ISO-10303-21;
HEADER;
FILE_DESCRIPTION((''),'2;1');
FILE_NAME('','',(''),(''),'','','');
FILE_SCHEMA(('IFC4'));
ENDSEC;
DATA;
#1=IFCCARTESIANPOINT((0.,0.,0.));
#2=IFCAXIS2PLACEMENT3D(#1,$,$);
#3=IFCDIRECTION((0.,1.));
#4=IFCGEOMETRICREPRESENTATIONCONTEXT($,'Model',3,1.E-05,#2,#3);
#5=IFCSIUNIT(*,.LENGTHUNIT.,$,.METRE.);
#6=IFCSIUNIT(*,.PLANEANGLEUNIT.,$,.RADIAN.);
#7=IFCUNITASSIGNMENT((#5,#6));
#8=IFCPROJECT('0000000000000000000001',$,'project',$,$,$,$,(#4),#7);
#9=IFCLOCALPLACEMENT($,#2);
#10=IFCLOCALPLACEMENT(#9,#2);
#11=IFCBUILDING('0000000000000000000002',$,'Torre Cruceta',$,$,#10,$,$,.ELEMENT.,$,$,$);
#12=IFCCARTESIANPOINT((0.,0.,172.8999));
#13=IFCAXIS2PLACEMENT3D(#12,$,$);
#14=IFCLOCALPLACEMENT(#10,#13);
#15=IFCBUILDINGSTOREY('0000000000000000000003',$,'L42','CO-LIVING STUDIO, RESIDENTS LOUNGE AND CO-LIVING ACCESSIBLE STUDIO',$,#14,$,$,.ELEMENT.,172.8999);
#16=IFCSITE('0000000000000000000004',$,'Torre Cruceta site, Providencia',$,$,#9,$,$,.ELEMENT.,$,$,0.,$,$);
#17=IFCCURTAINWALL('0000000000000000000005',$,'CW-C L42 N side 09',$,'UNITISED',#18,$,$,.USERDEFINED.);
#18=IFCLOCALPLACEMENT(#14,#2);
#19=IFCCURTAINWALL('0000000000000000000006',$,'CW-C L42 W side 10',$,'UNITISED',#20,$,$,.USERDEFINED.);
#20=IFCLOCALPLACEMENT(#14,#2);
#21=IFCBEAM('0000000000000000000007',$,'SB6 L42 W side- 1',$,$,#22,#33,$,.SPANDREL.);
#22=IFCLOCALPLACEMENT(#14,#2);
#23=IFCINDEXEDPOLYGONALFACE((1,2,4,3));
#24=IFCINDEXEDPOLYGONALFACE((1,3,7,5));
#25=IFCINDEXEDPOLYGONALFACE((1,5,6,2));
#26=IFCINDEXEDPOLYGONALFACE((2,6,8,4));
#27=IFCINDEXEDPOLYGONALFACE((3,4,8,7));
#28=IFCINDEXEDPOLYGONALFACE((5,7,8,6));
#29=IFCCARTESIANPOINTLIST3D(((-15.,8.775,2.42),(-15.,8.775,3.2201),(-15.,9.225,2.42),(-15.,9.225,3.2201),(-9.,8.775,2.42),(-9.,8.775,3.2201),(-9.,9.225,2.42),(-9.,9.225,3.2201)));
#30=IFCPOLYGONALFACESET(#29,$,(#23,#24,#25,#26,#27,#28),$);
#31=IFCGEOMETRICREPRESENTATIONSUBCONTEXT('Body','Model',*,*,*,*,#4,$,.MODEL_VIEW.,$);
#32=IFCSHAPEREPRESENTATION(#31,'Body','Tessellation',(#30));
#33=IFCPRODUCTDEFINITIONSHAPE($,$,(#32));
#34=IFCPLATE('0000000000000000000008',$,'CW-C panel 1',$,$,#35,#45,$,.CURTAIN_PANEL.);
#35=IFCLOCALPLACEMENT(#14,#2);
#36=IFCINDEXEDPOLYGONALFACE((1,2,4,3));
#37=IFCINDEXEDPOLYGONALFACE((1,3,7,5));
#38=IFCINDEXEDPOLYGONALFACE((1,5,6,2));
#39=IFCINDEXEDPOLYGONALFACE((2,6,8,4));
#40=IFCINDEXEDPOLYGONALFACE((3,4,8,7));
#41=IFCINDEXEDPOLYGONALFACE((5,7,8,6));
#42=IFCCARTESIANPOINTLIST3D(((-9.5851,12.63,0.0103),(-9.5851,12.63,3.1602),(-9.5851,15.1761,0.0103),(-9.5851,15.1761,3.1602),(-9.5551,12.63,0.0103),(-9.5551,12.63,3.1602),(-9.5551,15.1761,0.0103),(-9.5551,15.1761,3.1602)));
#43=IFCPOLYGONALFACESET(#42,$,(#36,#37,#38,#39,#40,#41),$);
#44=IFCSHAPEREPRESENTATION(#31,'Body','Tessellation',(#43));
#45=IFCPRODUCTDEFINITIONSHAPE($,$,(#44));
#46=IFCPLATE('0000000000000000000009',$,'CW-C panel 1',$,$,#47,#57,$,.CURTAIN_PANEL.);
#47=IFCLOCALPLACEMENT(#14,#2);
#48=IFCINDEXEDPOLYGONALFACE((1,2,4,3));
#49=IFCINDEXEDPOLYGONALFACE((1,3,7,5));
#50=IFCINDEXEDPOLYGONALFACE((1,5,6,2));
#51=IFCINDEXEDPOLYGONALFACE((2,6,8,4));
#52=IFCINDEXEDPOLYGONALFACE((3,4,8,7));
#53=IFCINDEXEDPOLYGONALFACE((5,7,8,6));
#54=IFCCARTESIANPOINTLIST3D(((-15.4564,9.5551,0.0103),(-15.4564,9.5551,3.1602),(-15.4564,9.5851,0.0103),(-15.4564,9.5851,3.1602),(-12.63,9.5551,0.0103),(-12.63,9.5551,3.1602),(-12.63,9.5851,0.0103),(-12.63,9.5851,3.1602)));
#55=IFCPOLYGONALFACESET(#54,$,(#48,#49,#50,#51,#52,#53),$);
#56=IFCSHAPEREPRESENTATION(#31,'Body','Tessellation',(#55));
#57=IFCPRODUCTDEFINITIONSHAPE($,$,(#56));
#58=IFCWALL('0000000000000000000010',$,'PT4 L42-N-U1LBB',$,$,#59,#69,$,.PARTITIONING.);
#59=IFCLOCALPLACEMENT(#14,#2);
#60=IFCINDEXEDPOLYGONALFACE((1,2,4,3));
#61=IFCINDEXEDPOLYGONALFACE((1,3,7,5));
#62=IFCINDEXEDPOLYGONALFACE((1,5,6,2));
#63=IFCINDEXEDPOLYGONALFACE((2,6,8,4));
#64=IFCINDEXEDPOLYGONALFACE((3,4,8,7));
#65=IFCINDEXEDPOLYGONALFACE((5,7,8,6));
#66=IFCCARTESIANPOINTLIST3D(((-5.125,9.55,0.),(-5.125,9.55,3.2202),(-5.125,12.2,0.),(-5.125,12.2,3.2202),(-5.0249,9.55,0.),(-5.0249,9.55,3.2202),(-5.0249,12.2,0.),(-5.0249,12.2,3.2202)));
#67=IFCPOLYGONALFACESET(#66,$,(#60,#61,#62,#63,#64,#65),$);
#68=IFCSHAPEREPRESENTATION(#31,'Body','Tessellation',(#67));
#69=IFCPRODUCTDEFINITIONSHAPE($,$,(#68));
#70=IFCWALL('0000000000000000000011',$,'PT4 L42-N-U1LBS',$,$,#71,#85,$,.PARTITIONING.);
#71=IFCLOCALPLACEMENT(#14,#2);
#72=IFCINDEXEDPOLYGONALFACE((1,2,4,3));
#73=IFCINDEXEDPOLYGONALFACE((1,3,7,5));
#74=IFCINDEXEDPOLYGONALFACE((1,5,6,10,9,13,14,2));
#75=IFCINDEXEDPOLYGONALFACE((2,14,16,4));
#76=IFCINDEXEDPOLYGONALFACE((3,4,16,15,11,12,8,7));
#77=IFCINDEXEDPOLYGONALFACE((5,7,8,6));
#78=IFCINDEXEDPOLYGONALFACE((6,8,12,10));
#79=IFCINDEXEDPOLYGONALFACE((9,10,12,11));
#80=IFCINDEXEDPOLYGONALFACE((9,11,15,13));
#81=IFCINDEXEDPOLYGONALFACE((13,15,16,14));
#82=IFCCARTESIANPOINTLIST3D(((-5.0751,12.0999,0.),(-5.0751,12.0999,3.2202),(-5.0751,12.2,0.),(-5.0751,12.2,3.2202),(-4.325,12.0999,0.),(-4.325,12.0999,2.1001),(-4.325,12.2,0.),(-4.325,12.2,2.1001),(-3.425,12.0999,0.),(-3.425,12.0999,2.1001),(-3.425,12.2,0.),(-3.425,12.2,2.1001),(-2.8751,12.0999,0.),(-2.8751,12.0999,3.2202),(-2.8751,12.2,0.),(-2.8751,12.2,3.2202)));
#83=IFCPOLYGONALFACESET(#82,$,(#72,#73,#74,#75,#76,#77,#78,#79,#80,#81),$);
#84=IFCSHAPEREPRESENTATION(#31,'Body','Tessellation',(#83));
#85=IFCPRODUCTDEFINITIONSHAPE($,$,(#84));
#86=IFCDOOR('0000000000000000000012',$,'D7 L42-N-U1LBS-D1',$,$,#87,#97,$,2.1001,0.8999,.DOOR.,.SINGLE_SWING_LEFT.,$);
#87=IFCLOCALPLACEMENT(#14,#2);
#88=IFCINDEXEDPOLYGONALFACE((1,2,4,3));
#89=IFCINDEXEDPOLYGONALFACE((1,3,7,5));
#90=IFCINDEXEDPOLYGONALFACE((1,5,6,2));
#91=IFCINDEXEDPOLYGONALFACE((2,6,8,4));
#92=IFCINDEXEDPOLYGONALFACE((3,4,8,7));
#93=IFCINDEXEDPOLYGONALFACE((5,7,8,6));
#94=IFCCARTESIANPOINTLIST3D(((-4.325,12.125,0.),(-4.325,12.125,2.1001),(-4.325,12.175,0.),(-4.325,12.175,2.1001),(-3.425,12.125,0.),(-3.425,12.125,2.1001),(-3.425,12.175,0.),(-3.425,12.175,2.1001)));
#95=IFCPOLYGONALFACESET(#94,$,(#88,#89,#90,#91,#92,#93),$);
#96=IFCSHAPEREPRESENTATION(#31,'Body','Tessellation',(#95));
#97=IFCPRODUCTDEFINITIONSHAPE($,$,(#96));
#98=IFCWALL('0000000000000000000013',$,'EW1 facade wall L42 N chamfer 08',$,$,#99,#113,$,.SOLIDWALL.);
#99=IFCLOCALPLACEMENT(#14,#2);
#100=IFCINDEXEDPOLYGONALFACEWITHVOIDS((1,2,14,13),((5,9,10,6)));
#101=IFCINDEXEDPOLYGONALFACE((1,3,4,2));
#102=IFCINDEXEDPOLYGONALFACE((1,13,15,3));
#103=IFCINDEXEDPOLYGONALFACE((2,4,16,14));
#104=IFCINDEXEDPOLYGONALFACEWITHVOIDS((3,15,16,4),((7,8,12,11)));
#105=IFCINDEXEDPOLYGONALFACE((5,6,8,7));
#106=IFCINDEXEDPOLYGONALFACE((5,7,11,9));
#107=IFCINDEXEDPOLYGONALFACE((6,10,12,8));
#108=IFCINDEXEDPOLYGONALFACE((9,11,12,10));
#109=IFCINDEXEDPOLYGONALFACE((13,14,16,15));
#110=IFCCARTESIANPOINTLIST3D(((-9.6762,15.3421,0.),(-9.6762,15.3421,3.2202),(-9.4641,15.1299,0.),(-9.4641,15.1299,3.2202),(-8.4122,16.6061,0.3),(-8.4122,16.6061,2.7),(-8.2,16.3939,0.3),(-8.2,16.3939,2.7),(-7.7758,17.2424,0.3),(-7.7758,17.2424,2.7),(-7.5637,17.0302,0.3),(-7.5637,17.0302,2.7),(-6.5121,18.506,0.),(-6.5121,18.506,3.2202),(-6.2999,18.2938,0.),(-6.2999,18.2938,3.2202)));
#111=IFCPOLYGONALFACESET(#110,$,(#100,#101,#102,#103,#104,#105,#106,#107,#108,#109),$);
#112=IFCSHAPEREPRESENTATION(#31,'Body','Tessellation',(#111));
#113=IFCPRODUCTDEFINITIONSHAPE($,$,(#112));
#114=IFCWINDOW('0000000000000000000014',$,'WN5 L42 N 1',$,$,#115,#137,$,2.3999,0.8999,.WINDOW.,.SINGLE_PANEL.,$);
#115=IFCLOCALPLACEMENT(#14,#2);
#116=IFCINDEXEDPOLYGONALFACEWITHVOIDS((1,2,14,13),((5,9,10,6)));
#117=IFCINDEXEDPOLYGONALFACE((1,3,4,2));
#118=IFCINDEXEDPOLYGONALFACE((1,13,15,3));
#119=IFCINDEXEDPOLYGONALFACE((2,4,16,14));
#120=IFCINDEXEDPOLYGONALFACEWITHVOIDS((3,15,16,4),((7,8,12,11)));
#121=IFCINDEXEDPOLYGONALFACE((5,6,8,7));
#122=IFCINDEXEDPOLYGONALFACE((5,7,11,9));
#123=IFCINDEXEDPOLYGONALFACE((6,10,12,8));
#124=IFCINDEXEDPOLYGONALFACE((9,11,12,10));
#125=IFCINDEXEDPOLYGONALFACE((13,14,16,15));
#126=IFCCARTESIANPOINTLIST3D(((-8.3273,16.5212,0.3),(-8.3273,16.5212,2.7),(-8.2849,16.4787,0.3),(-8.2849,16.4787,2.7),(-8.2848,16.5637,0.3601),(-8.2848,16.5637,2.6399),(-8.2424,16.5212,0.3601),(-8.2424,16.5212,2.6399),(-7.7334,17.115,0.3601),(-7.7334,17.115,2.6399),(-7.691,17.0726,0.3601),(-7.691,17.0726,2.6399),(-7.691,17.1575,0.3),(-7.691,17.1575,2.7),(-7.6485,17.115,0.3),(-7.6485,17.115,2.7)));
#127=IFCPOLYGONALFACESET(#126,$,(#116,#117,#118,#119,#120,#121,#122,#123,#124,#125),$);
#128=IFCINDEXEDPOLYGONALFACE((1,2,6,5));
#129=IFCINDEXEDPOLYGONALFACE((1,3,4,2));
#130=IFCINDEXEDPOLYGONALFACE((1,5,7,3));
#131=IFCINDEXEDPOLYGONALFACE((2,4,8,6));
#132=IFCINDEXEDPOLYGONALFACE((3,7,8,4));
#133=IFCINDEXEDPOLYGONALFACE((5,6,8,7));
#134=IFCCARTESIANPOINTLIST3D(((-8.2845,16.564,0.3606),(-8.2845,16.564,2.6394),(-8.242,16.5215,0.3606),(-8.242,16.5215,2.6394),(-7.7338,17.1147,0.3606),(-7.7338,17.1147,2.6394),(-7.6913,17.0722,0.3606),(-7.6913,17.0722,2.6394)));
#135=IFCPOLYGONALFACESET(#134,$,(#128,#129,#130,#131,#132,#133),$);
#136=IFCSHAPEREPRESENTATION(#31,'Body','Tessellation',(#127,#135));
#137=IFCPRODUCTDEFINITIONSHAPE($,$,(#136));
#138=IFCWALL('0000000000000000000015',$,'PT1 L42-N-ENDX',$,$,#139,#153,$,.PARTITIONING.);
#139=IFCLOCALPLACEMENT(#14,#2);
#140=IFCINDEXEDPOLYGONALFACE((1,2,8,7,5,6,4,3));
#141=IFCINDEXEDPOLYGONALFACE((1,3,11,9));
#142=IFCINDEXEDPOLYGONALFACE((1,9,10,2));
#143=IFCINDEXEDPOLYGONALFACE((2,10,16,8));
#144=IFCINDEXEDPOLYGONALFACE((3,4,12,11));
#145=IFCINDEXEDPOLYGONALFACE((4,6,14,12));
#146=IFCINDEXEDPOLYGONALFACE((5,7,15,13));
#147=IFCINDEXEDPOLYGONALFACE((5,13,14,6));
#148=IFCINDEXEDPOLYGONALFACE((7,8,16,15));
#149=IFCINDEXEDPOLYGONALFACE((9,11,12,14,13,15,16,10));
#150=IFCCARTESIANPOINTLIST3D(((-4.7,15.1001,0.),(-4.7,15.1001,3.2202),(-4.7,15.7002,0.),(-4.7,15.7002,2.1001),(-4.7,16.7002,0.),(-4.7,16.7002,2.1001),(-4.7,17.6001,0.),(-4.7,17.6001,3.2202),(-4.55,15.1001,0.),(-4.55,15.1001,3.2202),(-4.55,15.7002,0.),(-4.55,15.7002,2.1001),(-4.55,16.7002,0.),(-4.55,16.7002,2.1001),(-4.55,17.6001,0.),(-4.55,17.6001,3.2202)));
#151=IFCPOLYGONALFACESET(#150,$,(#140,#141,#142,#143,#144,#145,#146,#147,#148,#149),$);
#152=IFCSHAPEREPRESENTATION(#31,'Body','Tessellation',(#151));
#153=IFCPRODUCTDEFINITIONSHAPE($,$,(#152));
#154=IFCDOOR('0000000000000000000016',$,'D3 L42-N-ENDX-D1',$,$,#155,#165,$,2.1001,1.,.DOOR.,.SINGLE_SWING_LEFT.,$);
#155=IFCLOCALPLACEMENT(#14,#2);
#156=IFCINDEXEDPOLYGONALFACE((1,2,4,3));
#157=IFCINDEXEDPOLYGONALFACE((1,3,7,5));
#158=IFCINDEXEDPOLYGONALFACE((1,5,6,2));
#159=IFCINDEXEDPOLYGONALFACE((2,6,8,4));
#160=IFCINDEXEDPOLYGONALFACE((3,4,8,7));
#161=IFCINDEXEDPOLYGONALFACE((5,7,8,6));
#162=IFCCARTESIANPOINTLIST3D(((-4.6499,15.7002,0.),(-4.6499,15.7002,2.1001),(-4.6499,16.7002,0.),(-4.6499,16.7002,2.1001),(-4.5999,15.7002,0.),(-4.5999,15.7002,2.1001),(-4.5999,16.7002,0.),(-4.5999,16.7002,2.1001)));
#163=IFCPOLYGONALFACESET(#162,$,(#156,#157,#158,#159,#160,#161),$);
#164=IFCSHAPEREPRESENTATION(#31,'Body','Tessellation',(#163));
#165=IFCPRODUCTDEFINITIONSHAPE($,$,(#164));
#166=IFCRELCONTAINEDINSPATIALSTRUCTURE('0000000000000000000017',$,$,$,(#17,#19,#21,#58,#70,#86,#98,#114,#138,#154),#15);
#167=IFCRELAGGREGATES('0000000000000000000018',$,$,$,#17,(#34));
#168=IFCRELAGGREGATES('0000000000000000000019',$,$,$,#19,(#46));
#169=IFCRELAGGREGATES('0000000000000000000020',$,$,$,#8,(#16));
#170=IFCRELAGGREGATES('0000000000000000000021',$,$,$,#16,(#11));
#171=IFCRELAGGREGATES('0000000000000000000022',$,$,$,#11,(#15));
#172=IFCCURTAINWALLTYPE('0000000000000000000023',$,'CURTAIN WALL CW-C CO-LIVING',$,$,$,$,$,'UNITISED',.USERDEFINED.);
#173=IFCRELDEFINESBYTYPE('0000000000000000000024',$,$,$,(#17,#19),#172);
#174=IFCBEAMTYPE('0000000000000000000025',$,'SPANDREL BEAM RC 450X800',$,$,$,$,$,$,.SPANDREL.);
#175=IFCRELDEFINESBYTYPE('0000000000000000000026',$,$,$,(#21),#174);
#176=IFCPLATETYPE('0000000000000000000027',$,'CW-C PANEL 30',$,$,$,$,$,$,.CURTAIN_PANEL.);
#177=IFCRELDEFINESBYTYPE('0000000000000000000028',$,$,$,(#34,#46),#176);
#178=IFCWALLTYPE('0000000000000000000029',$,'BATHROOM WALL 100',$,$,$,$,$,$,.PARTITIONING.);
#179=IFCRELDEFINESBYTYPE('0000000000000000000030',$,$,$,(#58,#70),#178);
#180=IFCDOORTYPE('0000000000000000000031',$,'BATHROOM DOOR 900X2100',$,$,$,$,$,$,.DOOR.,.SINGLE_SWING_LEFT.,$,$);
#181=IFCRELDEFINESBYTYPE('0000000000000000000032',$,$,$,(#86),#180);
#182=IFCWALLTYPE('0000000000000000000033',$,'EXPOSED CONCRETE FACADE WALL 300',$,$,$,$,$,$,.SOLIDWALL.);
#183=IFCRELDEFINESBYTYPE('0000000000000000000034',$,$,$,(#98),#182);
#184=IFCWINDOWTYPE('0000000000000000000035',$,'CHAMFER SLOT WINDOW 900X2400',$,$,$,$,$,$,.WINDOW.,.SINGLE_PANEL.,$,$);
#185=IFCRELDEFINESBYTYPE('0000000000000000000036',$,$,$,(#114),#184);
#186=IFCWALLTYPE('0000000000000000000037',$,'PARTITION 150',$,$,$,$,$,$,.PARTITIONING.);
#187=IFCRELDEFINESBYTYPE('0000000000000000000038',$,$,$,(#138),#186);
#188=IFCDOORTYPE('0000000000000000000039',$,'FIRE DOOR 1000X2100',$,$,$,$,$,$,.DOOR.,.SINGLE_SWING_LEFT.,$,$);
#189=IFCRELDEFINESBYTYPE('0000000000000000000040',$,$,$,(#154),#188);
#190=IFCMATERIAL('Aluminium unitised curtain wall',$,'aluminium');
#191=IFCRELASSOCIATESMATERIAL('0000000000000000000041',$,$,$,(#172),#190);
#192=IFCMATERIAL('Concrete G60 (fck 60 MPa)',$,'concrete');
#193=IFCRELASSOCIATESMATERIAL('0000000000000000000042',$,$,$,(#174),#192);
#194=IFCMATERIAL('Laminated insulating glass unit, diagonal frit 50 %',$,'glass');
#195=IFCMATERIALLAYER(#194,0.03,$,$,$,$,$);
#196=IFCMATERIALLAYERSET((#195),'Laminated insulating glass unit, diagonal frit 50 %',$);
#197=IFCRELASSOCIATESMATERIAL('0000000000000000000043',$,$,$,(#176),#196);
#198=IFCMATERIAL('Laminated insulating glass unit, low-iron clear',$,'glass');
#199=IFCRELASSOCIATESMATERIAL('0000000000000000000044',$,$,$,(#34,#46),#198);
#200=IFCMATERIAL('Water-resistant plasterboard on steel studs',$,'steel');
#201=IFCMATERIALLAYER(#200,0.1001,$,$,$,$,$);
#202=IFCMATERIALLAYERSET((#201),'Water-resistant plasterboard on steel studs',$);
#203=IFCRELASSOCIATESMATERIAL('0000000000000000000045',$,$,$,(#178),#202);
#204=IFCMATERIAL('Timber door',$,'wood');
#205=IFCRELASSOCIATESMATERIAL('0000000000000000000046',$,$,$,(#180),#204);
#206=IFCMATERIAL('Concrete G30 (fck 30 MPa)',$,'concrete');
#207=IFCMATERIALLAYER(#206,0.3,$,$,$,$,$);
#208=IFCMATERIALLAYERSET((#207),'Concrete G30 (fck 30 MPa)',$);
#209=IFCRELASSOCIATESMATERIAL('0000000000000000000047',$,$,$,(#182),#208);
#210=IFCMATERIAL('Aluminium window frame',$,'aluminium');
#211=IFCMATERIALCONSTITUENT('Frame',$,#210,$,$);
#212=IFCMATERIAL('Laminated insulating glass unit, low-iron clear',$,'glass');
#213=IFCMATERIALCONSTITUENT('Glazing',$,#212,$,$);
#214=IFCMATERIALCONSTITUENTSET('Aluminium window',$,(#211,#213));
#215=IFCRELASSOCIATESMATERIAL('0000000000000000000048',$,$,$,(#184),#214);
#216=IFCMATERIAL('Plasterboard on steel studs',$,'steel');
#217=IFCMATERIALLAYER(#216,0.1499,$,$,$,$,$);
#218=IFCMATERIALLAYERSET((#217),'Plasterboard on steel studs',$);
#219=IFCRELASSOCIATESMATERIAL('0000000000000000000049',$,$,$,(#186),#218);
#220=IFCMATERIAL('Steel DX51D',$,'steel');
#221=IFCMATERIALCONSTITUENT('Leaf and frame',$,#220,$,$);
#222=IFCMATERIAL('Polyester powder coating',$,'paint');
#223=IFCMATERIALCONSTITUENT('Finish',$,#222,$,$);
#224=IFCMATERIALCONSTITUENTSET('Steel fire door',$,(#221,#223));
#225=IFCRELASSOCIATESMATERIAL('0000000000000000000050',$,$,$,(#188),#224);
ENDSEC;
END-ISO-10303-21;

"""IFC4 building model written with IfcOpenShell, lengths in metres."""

from ifc_helpers import new_model, si_unit, direction, frame, frame_2d, origin, origin_2d, place, context, subcontext, project, spatial, rectangle, hollow_rectangle, extrude, material, layer, layer_set, constituent, constituent_set, material_profile, profile_set, type_object, element, fill, aggregate, save


model = new_model("IFC4")

# Units and contexts
model_context = context("Model", 3, precision=1e-05, world=origin(), true_north=direction((0.0, 1.0)))
body_context = subcontext(model_context, "Body", "Model", "MODEL_VIEW")
ifc_project = project(units=[si_unit("LENGTHUNIT", "METRE"), si_unit("PLANEANGLEUNIT", "RADIAN")], contexts=[model_context])

# Site, building, storey
site_placement = place(None, origin())
site = spatial("IfcSite", under=ifc_project, at=site_placement, Name="Torre Cruceta site, Providencia", CompositionType="ELEMENT", RefElevation=0.0)
building_placement = place(site_placement, origin())
building = spatial("IfcBuilding", under=site, at=building_placement, Name="Torre Cruceta", CompositionType="ELEMENT")
storey_placement = place(building_placement, frame((0.0, 0.0, 172.8999)))
storey = spatial("IfcBuildingStorey", under=building, at=storey_placement, Name="L42", Description="CO-LIVING STUDIO, RESIDENTS LOUNGE AND CO-LIVING ACCESSIBLE STUDIO", CompositionType="ELEMENT", Elevation=172.8999)

# Curtain wall
ifc_material_1 = material(Name="Aluminium unitised curtain wall", Category="aluminium")
curtain_wall_type = type_object("IfcCurtainWallType", Name="CURTAIN WALL CW-C CO-LIVING", ElementType="UNITISED", PredefinedType="USERDEFINED", material=ifc_material_1)
curtain_wall_1_placement = place(storey_placement, origin())
curtain_wall_1 = element("IfcCurtainWall", 1, at=curtain_wall_1_placement, inside=storey, type_object=curtain_wall_type, Name="CW-C L42 N side 09", ObjectType="UNITISED", PredefinedType="USERDEFINED")

# Curtain wall
curtain_wall_2_placement = place(storey_placement, origin())
curtain_wall_2 = element("IfcCurtainWall", 2, at=curtain_wall_2_placement, inside=storey, type_object=curtain_wall_type, Name="CW-C L42 W side 10", ObjectType="UNITISED", PredefinedType="USERDEFINED")

# Beam
ifc_material_2 = material(Name="Concrete G60 (fck 60 MPa)", Category="concrete")
ifc_material_profile_1 = material_profile(ifc_material_2, rectangle(XDim=0.45, YDim=0.8, at=origin_2d()), Name="RC 450X800")
ifc_profile_set_1 = profile_set([ifc_material_profile_1], Name="Concrete G60 (fck 60 MPa)")
beam_type_1 = type_object("IfcBeamType", Name="SPANDREL BEAM RC 450X800", PredefinedType="SPANDREL", material=ifc_profile_set_1)
beam_1_placement = place(storey_placement, frame((-9.0, 9.0, 2.8201), z_axis=(-1.0, 0.0, 0.0), x_axis=(0.0, -1.0, 0.0)))
element("IfcBeam", 3, at=beam_1_placement, inside=storey, type_object=beam_type_1, Name="SB6 L42 W side- 1", PredefinedType="SPANDREL", context=body_context, shape_type="SweptSolid", body=[
    extrude(rectangle(XDim=0.45, YDim=0.8, at=origin_2d()), origin(), (0.0, 0.0, 1.0), 6.0),
])

# Plates
ifc_material_3 = material(Name="Laminated insulating glass unit, low-iron clear", Category="glass")
ifc_material_4 = material(Name="Laminated insulating glass unit, diagonal frit 50 %", Category="glass")
ifc_layer_1 = layer(ifc_material_4, 0.03)
ifc_layer_set_1 = layer_set([ifc_layer_1], Name="Laminated insulating glass unit, diagonal frit 50 %")
plate_type = type_object("IfcPlateType", Name="CW-C PANEL 30", PredefinedType="CURTAIN_PANEL", material=ifc_layer_set_1)
plate_1_placement = place(storey_placement, frame((-9.5701, 13.9031, 0.0103), z_axis=(0.0, 0.0, 1.0), x_axis=(0.0, -1.0, 0.0)))
plate_1 = element("IfcPlate", 4, at=plate_1_placement, type_object=plate_type, material=ifc_material_3, Name="CW-C panel 1", PredefinedType="CURTAIN_PANEL", context=body_context, shape_type="SweptSolid", body=[
    extrude(rectangle(XDim=2.5461, YDim=0.03, at=origin_2d()), origin(), (0.0, 0.0, 1.0), 3.1499),
])
aggregate(curtain_wall_1, [plate_1])
plate_2_placement = place(storey_placement, frame((-14.0432, 9.5701, 0.0103), z_axis=(0.0, 0.0, 1.0), x_axis=(-1.0, 0.0, 0.0)))
plate_2 = element("IfcPlate", 5, at=plate_2_placement, type_object=plate_type, material=ifc_material_3, Name="CW-C panel 1", PredefinedType="CURTAIN_PANEL", context=body_context, shape_type="SweptSolid", body=[
    extrude(rectangle(XDim=2.8264, YDim=0.03, at=origin_2d()), origin(), (0.0, 0.0, 1.0), 3.1499),
])
aggregate(curtain_wall_2, [plate_2])

# Wall
ifc_material_5 = material(Name="Water-resistant plasterboard on steel studs", Category="steel")
ifc_layer_2 = layer(ifc_material_5, 0.1001)
ifc_layer_set_2 = layer_set([ifc_layer_2], Name="Water-resistant plasterboard on steel studs")
wall_type_1 = type_object("IfcWallType", Name="BATHROOM WALL 100", PredefinedType="PARTITIONING", material=ifc_layer_set_2)
wall_1_placement = place(storey_placement, frame((-5.075, 9.55, 0.0), z_axis=(0.0, 0.0, 1.0), x_axis=(0.0, 1.0, 0.0)))
element("IfcWall", 6, at=wall_1_placement, inside=storey, type_object=wall_type_1, Name="PT4 L42-N-U1LBB", PredefinedType="PARTITIONING", context=body_context, shape_type="SweptSolid", body=[
    extrude(rectangle(XDim=2.6499, YDim=0.1001, at=frame_2d((1.325, 0.0))), origin(), (0.0, 0.0, 1.0), 3.2202),
])

# Wall, opening, door
wall_2_placement = place(storey_placement, frame((-2.875, 12.1499, 0.0), z_axis=(0.0, 0.0, 1.0), x_axis=(-1.0, 0.0, 0.0)))
wall_2 = element("IfcWall", 7, at=wall_2_placement, inside=storey, type_object=wall_type_1, Name="PT4 L42-N-U1LBS", PredefinedType="PARTITIONING", context=body_context, shape_type="SweptSolid", body=[
    extrude(rectangle(XDim=2.2, YDim=0.1001, at=frame_2d((1.1001, 0.0))), origin(), (0.0, 0.0, 1.0), 3.2202),
])
opening_1_placement = place(wall_2_placement, frame((0.55, 0.0, 0.0)))
opening_1 = element("IfcOpeningElement", 8, at=opening_1_placement, cuts=wall_2, PredefinedType="OPENING", context=body_context, shape_type="SweptSolid", body=[
    extrude(rectangle(XDim=0.8999, YDim=2.1001, at=frame_2d((0.45, 1.05))), frame((0.0, 0.0601, 0.0), z_axis=(0.0, -1.0, 0.0), x_axis=(1.0, 0.0, 0.0)), (0.0, 0.0, 1.0), 0.1201),
])
ifc_material_6 = material(Name="Timber door", Category="wood")
door_type_1 = type_object("IfcDoorType", Name="BATHROOM DOOR 900X2100", OperationType="SINGLE_SWING_LEFT", PredefinedType="DOOR", material=ifc_material_6)
door_1_placement = place(opening_1_placement, origin())
door_1 = element("IfcDoor", 9, at=door_1_placement, inside=storey, type_object=door_type_1, Name="D7 L42-N-U1LBS-D1", OperationType="SINGLE_SWING_LEFT", OverallHeight=2.1001, OverallWidth=0.8999, PredefinedType="DOOR", context=body_context, shape_type="SweptSolid", body=[
    extrude(rectangle(XDim=0.8999, YDim=2.1001, at=frame_2d((0.45, 1.05))), frame((0.0, 0.0249, 0.0), z_axis=(0.0, -1.0, 0.0), x_axis=(1.0, 0.0, 0.0)), (0.0, 0.0, 1.0), 0.05),
])
fill(opening_1, door_1)

# Wall, opening, window
ifc_material_7 = material(Name="Concrete G30 (fck 30 MPa)", Category="concrete")
ifc_layer_3 = layer(ifc_material_7, 0.3)
ifc_layer_set_3 = layer_set([ifc_layer_3], Name="Concrete G30 (fck 30 MPa)")
wall_type_2 = type_object("IfcWallType", Name="EXPOSED CONCRETE FACADE WALL 300", PredefinedType="SOLIDWALL", material=ifc_layer_set_3)
wall_3_placement = place(storey_placement, frame((-6.406, 18.3999, 0.0), z_axis=(0.0, 0.0, 1.0), x_axis=(-0.707134, -0.707079, 0.0)))
wall_3 = element("IfcWall", 10, at=wall_3_placement, inside=storey, type_object=wall_type_2, Name="EW1 facade wall L42 N chamfer 08", PredefinedType="SOLIDWALL", context=body_context, shape_type="SweptSolid", body=[
    extrude(rectangle(XDim=4.4746, YDim=0.3, at=frame_2d((2.2373, 0.0))), origin(), (0.0, 0.0, 1.0), 3.2202),
])
opening_2_placement = place(wall_3_placement, frame((1.7871, 0.0, 0.3)))
opening_2 = element("IfcOpeningElement", 11, at=opening_2_placement, cuts=wall_3, PredefinedType="OPENING", context=body_context, shape_type="SweptSolid", body=[
    extrude(rectangle(XDim=0.8999, YDim=2.3999, at=frame_2d((0.45, 1.2))), frame((0.0, 0.1599, 0.0), z_axis=(0.0, -1.0, 0.0), x_axis=(1.0, 0.0, 0.0)), (0.0, 0.0, 1.0), 0.3201),
])
ifc_material_8 = material(Name="Aluminium window frame", Category="aluminium")
ifc_constituent_1 = constituent(ifc_material_8, Name="Frame")
ifc_material_9 = material(Name="Laminated insulating glass unit, low-iron clear", Category="glass")
ifc_constituent_2 = constituent(ifc_material_9, Name="Glazing")
ifc_constituent_set_1 = constituent_set(constituents=[ifc_constituent_1, ifc_constituent_2], Name="Aluminium window")
window_type = type_object("IfcWindowType", Name="CHAMFER SLOT WINDOW 900X2400", PartitioningType="SINGLE_PANEL", PredefinedType="WINDOW", material=ifc_constituent_set_1)
window_placement = place(opening_2_placement, origin())
window = element("IfcWindow", 12, at=window_placement, inside=storey, type_object=window_type, Name="WN5 L42 N 1", OverallHeight=2.3999, OverallWidth=0.8999, PartitioningType="SINGLE_PANEL", PredefinedType="WINDOW", context=body_context, shape_type="SweptSolid", body=[
    extrude(hollow_rectangle(XDim=0.8999, YDim=2.3999, WallThickness=0.0601, at=frame_2d((0.45, 1.2))), frame((0.0, 0.03, 0.0), z_axis=(0.0, -1.0, 0.0), x_axis=(1.0, 0.0, 0.0)), (0.0, 0.0, 1.0), 0.0601),
    extrude(rectangle(XDim=0.7788, YDim=2.2788, at=frame_2d((0.45, 1.2))), frame((0.0, 0.03, 0.0), z_axis=(0.0, -1.0, 0.0), x_axis=(1.0, 0.0, 0.0)), (0.0, 0.0, 1.0), 0.0601),
])
fill(opening_2, window)

# Wall, opening, door
ifc_material_10 = material(Name="Plasterboard on steel studs", Category="steel")
ifc_layer_4 = layer(ifc_material_10, 0.1499)
ifc_layer_set_4 = layer_set([ifc_layer_4], Name="Plasterboard on steel studs")
wall_type_3 = type_object("IfcWallType", Name="PARTITION 150", PredefinedType="PARTITIONING", material=ifc_layer_set_4)
wall_4_placement = place(storey_placement, frame((-4.625, 15.1001, 0.0), z_axis=(0.0, 0.0, 1.0), x_axis=(0.0, 1.0, 0.0)))
wall_4 = element("IfcWall", 13, at=wall_4_placement, inside=storey, type_object=wall_type_3, Name="PT1 L42-N-ENDX", PredefinedType="PARTITIONING", context=body_context, shape_type="SweptSolid", body=[
    extrude(rectangle(XDim=2.5, YDim=0.1499, at=frame_2d((1.25, 0.0))), origin(), (0.0, 0.0, 1.0), 3.2202),
])
opening_3_placement = place(wall_4_placement, frame((0.6001, 0.0, 0.0)))
opening_3 = element("IfcOpeningElement", 14, at=opening_3_placement, cuts=wall_4, PredefinedType="OPENING", context=body_context, shape_type="SweptSolid", body=[
    extrude(rectangle(XDim=1.0, YDim=2.1001, at=frame_2d((0.5, 1.05))), frame((0.0, 0.085, 0.0), z_axis=(0.0, -1.0, 0.0), x_axis=(1.0, 0.0, 0.0)), (0.0, 0.0, 1.0), 0.1699),
])
ifc_material_11 = material(Name="Steel DX51D", Category="steel")
ifc_constituent_3 = constituent(ifc_material_11, Name="Leaf and frame")
ifc_material_12 = material(Name="Polyester powder coating", Category="paint")
ifc_constituent_4 = constituent(ifc_material_12, Name="Finish")
ifc_constituent_set_2 = constituent_set(constituents=[ifc_constituent_3, ifc_constituent_4], Name="Steel fire door")
door_type_2 = type_object("IfcDoorType", Name="FIRE DOOR 1000X2100", OperationType="SINGLE_SWING_LEFT", PredefinedType="DOOR", material=ifc_constituent_set_2)
door_2_placement = place(opening_3_placement, origin())
door_2 = element("IfcDoor", 15, at=door_2_placement, inside=storey, type_object=door_type_2, Name="D3 L42-N-ENDX-D1", OperationType="SINGLE_SWING_LEFT", OverallHeight=2.1001, OverallWidth=1.0, PredefinedType="DOOR", context=body_context, shape_type="SweptSolid", body=[
    extrude(rectangle(XDim=1.0, YDim=2.1001, at=frame_2d((0.5, 1.05))), frame((0.0, 0.0249, 0.0), z_axis=(0.0, -1.0, 0.0), x_axis=(1.0, 0.0, 0.0)), (0.0, 0.0, 1.0), 0.05),
])
fill(opening_3, door_2)

save(model, "model.ifc")
